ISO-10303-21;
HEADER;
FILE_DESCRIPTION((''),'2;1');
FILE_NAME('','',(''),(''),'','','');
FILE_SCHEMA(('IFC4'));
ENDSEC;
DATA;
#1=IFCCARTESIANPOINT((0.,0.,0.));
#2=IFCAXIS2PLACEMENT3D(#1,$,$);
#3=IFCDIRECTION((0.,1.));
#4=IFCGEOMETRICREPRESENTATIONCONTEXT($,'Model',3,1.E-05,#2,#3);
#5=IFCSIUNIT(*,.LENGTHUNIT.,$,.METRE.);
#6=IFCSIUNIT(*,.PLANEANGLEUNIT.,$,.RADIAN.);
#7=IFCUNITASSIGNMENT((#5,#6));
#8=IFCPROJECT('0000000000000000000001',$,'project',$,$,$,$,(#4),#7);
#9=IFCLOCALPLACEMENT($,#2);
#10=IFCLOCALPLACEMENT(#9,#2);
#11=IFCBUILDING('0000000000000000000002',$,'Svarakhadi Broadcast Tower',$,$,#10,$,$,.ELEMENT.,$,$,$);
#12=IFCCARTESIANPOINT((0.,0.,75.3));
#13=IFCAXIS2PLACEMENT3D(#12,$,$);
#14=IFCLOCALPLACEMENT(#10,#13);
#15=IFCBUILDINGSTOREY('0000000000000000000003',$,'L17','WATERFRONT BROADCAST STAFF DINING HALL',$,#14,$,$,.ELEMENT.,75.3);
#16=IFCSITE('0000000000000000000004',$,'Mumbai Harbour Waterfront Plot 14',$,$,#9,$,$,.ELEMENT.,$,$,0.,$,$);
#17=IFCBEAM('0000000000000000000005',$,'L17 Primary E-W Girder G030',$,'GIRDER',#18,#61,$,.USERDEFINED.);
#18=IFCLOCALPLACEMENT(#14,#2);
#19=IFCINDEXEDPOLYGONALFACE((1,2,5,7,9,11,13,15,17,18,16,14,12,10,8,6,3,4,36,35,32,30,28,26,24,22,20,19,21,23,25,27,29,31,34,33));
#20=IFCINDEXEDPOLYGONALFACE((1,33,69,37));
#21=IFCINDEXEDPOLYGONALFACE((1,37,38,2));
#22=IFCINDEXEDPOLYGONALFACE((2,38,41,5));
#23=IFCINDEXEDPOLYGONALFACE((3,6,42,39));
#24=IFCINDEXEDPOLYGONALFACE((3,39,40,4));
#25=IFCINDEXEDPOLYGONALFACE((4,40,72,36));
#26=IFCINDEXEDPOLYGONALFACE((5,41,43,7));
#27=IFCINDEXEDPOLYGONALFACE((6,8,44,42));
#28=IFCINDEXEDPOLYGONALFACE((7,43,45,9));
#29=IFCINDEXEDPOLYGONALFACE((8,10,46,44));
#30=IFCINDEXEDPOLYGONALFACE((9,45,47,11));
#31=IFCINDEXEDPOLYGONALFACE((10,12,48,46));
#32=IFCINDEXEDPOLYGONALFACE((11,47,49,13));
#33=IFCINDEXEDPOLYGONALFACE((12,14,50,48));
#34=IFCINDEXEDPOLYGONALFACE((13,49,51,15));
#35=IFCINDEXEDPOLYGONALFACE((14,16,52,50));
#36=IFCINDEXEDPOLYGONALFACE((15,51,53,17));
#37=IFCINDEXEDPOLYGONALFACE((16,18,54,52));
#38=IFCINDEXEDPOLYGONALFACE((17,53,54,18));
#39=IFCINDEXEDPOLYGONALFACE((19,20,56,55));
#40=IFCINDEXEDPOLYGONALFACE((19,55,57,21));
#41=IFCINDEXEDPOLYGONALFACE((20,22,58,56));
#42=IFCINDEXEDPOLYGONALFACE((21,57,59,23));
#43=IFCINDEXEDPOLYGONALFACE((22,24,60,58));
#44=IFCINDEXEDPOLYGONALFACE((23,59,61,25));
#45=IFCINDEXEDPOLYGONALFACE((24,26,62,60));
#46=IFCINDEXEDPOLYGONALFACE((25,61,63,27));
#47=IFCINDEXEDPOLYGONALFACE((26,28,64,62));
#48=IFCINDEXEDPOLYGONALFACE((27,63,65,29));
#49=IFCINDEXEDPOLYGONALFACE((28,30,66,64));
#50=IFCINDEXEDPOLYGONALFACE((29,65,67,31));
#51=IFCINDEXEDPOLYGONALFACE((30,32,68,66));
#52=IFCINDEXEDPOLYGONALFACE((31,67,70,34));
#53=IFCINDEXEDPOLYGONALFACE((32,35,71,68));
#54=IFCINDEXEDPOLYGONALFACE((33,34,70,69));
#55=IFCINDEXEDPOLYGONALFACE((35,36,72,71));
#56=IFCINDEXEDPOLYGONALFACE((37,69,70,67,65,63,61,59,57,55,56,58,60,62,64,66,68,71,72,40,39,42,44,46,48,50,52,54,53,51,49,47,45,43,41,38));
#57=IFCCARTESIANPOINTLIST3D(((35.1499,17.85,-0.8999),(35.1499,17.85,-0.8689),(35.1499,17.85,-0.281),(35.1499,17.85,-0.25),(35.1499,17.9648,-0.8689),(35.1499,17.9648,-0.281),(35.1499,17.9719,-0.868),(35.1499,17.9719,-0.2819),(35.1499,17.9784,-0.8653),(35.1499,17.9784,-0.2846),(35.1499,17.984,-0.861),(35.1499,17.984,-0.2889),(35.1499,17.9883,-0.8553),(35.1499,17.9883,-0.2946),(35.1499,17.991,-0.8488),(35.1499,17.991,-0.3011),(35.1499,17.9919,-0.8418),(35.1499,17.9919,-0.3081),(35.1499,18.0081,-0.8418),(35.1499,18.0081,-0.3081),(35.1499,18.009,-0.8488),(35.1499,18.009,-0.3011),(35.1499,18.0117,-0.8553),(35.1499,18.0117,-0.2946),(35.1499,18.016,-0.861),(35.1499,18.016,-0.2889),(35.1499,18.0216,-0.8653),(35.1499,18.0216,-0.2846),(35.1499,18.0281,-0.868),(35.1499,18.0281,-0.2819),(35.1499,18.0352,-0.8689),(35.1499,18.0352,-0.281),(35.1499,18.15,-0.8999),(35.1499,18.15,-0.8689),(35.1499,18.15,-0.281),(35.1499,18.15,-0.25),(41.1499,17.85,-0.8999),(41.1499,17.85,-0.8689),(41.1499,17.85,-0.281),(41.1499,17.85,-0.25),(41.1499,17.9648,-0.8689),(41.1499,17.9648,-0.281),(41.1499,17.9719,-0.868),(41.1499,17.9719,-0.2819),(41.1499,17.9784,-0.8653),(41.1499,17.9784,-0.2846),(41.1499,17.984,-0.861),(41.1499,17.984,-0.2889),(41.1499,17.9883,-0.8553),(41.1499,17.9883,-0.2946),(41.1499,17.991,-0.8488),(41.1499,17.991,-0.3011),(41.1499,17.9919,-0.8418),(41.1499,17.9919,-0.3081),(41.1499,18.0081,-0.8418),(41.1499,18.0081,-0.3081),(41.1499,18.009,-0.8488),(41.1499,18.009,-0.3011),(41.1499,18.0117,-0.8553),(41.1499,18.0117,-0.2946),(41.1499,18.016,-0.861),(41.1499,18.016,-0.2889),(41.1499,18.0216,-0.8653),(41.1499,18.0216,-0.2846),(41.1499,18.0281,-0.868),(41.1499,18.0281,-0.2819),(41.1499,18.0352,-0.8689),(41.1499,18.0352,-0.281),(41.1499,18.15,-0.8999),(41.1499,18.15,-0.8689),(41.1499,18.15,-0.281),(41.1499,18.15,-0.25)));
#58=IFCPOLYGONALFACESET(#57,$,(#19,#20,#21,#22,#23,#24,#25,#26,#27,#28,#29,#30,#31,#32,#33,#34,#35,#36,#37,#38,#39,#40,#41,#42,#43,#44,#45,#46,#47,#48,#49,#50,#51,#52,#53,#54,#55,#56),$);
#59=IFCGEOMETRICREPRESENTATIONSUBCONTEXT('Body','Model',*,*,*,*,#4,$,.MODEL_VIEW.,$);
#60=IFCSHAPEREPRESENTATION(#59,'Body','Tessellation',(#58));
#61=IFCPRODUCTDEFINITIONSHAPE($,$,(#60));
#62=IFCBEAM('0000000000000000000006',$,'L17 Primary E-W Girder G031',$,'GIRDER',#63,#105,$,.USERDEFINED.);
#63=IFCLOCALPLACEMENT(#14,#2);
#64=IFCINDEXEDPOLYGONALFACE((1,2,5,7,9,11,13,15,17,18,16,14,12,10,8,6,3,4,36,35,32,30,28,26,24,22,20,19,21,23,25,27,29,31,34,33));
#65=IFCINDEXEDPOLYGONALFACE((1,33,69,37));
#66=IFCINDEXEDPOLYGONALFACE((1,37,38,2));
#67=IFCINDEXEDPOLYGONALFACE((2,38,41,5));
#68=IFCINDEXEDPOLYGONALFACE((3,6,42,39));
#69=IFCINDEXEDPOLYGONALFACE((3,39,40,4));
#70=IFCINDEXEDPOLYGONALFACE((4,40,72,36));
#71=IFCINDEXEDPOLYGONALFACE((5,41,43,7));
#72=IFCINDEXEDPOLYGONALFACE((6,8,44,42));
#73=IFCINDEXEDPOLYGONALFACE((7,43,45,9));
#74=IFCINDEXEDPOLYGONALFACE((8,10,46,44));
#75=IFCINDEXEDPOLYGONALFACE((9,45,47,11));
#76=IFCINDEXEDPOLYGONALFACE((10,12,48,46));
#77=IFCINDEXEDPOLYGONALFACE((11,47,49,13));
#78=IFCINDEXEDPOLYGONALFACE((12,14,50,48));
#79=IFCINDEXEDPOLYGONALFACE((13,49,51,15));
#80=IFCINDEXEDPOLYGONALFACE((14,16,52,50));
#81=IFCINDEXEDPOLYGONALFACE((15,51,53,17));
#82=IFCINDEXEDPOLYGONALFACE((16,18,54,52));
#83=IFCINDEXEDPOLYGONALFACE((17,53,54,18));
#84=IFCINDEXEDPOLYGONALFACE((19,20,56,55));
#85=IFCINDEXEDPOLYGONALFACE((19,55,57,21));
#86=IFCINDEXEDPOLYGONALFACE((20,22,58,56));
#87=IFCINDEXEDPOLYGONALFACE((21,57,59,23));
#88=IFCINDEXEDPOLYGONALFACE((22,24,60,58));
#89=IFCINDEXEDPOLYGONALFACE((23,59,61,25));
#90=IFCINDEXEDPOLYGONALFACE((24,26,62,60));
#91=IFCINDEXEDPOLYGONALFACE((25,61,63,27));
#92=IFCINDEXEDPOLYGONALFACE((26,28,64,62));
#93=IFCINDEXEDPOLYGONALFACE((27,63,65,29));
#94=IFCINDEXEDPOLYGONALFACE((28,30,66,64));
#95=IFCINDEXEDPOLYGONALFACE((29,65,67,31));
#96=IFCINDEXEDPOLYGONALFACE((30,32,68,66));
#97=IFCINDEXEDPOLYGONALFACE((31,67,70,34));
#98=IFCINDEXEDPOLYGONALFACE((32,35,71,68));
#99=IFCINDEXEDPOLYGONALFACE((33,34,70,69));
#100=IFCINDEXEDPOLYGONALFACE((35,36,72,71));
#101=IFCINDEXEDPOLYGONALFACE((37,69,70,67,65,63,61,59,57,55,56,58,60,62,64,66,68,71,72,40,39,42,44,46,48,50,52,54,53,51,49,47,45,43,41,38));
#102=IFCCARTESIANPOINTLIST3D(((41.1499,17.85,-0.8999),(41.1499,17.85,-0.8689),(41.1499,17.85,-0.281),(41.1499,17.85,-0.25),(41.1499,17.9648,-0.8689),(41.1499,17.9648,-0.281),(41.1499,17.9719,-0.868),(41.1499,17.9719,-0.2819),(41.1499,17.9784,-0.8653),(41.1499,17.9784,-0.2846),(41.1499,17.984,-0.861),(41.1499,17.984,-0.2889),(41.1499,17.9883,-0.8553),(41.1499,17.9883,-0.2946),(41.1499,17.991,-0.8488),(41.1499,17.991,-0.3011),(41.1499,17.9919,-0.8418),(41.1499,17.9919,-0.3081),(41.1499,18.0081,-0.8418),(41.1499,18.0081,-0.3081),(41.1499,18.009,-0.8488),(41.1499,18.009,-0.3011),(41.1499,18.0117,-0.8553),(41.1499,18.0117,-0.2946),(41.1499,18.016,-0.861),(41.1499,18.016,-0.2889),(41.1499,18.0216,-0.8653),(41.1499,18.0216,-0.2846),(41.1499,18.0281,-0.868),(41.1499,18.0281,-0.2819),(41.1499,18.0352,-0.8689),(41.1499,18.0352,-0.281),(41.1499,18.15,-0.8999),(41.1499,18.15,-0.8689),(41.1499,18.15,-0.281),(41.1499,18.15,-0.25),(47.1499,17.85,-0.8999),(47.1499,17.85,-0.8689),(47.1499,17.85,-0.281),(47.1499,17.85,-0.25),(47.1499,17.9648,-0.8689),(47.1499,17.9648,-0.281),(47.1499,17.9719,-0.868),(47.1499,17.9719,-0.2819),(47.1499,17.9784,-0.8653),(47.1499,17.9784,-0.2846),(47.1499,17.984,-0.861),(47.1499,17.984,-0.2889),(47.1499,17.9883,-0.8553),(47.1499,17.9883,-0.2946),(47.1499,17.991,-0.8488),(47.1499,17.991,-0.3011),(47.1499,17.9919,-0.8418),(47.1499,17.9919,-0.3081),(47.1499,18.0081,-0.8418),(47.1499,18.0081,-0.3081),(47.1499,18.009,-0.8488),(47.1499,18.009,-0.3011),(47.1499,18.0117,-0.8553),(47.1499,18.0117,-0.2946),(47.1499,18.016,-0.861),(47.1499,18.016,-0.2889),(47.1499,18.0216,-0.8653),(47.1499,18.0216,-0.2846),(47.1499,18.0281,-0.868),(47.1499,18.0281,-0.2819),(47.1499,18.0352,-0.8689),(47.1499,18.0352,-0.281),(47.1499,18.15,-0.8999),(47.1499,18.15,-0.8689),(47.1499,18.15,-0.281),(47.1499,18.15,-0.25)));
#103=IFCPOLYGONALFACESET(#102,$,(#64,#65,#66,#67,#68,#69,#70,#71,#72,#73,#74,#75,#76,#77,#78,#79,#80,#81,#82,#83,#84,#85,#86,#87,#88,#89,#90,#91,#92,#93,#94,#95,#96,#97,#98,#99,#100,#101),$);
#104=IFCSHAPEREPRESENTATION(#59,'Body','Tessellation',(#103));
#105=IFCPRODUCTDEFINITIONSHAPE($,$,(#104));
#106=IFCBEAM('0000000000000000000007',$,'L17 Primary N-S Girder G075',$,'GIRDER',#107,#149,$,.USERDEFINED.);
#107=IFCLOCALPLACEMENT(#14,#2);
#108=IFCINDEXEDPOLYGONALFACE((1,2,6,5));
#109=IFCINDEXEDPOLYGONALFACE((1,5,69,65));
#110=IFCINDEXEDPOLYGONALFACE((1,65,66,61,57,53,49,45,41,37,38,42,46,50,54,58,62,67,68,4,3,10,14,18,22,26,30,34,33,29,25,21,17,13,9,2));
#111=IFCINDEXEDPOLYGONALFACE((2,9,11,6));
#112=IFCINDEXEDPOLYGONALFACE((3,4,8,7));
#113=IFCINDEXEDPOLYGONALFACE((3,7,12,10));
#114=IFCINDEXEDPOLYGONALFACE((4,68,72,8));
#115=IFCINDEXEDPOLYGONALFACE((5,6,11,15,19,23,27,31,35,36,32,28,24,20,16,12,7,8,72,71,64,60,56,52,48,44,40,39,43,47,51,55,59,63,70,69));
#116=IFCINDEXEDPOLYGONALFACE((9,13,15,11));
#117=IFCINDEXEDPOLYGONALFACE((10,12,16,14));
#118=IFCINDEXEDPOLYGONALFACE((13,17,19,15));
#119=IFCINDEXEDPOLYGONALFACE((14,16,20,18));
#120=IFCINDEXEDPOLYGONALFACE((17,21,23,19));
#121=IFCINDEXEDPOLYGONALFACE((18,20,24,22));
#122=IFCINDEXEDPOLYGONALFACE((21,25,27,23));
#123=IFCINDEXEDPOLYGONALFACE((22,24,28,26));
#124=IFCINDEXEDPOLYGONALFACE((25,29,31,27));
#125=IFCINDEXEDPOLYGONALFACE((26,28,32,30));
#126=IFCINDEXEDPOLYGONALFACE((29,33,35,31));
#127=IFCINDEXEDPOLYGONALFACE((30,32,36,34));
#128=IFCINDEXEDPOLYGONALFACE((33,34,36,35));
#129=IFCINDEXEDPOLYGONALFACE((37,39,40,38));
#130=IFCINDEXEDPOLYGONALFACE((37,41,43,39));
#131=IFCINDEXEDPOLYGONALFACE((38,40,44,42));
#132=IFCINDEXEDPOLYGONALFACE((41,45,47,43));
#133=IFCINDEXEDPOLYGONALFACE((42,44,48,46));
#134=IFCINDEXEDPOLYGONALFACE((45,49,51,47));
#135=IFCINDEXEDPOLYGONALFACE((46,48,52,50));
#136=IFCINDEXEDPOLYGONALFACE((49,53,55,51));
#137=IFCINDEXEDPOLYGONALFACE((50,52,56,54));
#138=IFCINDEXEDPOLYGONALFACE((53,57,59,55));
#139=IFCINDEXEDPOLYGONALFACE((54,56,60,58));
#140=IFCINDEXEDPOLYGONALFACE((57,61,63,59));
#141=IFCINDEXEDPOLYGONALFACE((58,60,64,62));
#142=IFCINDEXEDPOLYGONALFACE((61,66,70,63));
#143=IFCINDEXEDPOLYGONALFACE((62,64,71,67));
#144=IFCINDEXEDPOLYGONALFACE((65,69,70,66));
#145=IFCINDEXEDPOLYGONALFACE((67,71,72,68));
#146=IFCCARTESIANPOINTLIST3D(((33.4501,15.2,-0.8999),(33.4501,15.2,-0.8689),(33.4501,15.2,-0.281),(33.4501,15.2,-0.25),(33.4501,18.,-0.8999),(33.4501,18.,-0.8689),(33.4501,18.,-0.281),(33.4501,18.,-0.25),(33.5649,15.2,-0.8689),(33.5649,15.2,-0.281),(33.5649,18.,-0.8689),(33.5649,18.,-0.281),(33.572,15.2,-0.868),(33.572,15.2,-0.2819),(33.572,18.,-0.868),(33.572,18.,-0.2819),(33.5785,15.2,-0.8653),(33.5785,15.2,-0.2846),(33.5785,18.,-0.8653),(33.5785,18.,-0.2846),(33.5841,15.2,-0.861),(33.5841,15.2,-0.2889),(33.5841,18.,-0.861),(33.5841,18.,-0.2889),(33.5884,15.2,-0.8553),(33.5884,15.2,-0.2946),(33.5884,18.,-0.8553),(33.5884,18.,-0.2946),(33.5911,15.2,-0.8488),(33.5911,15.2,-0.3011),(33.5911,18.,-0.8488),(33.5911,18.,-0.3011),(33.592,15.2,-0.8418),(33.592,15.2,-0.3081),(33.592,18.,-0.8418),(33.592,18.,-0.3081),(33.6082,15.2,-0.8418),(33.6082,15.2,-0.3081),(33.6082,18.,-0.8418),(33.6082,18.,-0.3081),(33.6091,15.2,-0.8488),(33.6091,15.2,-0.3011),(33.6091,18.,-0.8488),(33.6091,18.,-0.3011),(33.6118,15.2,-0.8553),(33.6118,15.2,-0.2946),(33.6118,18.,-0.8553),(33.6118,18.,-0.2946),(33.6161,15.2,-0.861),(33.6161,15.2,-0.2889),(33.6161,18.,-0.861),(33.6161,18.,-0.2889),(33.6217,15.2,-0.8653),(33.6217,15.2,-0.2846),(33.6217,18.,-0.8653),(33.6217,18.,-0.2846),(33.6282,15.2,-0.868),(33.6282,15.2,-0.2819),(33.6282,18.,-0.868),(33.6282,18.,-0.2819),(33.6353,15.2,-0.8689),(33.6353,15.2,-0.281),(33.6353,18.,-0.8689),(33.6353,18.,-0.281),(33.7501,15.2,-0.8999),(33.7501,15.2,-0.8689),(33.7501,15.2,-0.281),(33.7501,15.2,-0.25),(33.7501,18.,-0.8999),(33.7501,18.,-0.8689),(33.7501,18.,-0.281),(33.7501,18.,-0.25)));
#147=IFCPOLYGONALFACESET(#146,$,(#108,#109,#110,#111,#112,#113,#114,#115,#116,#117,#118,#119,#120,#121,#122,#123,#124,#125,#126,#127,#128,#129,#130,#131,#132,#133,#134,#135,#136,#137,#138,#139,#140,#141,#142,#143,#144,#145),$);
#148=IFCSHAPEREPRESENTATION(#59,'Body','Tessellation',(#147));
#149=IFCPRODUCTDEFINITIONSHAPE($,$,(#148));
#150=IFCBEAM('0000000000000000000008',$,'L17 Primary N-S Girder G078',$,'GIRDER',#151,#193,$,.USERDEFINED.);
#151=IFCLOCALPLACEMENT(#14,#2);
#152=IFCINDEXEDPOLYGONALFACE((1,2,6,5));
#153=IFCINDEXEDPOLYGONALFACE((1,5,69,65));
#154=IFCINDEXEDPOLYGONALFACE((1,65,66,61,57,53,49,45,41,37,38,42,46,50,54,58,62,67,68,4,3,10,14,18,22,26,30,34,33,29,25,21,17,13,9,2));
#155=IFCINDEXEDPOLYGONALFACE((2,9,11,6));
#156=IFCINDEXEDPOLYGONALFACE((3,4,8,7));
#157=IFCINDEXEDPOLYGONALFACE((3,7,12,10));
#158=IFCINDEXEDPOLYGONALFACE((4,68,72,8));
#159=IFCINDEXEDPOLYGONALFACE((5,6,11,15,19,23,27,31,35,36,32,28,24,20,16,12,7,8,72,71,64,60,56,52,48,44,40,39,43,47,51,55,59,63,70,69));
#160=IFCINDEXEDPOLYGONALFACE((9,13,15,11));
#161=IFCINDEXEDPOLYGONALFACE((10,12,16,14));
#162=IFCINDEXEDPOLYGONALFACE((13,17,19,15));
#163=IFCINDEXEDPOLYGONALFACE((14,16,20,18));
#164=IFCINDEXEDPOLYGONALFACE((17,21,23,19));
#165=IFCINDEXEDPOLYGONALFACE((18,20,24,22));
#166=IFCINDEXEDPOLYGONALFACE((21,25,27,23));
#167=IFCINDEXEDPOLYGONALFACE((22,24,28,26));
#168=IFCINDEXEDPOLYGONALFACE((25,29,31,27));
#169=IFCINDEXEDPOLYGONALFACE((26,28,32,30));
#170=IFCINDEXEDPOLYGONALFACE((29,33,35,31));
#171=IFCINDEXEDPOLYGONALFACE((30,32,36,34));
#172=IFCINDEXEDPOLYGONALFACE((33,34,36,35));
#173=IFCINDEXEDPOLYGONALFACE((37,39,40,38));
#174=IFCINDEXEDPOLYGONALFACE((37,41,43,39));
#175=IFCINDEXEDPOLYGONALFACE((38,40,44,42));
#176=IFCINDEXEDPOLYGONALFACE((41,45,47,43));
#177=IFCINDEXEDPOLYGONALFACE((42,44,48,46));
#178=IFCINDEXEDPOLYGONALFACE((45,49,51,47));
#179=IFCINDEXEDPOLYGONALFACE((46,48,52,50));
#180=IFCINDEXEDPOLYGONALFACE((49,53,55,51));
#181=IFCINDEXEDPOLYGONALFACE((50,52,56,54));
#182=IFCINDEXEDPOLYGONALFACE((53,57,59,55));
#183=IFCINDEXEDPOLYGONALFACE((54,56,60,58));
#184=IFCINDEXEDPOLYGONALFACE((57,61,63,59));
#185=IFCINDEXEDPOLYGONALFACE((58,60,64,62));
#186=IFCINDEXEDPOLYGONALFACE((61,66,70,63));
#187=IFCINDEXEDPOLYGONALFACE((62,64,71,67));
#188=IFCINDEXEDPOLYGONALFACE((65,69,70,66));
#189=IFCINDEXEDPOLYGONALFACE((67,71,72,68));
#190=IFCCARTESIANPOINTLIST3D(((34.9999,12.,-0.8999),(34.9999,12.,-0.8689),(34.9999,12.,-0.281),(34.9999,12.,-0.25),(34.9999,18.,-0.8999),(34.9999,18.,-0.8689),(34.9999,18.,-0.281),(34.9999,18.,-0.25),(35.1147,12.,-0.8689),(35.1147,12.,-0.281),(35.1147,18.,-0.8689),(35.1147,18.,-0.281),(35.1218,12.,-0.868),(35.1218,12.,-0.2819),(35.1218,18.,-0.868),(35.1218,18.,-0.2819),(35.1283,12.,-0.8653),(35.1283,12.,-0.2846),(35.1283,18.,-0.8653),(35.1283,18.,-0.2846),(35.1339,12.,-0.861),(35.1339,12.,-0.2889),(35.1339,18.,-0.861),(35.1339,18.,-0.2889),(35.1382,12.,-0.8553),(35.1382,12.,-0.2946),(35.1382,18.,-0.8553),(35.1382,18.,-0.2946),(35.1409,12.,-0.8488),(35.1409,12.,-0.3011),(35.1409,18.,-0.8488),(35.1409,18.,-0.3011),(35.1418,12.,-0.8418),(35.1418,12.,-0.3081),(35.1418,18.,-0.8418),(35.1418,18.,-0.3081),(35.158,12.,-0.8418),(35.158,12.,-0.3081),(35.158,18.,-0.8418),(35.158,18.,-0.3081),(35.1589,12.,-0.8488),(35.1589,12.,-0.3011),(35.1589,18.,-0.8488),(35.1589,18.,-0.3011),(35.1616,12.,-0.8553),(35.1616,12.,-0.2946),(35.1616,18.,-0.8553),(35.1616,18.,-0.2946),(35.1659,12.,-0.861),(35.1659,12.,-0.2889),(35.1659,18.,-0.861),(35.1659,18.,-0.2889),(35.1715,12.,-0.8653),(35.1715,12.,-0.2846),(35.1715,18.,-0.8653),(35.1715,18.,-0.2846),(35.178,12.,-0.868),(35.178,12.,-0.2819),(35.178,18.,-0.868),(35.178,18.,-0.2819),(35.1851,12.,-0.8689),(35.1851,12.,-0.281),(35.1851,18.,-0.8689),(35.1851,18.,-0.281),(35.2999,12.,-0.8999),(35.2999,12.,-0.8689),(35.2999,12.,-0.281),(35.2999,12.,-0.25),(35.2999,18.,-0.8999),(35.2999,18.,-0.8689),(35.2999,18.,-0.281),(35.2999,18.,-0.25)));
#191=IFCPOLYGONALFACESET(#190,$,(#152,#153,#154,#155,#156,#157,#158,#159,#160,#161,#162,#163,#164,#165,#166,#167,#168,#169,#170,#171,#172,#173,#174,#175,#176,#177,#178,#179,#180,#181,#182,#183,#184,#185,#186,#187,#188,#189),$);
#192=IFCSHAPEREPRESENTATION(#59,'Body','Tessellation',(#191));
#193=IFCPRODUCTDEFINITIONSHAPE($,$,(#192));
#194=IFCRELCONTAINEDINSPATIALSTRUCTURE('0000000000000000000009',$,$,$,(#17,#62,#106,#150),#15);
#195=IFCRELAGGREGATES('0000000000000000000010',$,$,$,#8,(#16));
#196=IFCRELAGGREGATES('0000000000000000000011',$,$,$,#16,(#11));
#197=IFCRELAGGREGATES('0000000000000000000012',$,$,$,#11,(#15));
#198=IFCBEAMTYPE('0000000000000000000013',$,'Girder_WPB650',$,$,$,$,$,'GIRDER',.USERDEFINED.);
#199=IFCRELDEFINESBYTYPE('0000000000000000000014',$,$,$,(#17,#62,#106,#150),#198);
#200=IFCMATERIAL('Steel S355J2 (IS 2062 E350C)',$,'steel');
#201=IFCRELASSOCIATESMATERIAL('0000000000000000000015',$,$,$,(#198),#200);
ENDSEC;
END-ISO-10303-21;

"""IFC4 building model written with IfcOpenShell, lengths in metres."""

from ifc_helpers import new_model, si_unit, direction, frame, origin, origin_2d, place, context, subcontext, project, spatial, i_section, extrude, material, material_profile, profile_set, type_object, element, save


model = new_model("IFC4")

# Units and contexts
model_context = context("Model", 3, precision=1e-05, world=origin(), true_north=direction((0.0, 1.0)))
body_context = subcontext(model_context, "Body", "Model", "MODEL_VIEW")
ifc_project = project(units=[si_unit("LENGTHUNIT", "METRE"), si_unit("PLANEANGLEUNIT", "RADIAN")], contexts=[model_context])

# Site, building, storey
site_placement = place(None, origin())
site = spatial("IfcSite", under=ifc_project, at=site_placement, Name="Mumbai Harbour Waterfront Plot 14", CompositionType="ELEMENT", RefElevation=0.0)
building_placement = place(site_placement, origin())
building = spatial("IfcBuilding", under=site, at=building_placement, Name="Svarakhadi Broadcast Tower", CompositionType="ELEMENT")
storey_placement = place(building_placement, frame((0.0, 0.0, 75.3)))
storey = spatial("IfcBuildingStorey", under=building, at=storey_placement, Name="L17", Description="WATERFRONT BROADCAST STAFF DINING HALL", CompositionType="ELEMENT", Elevation=75.3)

# Shared definitions
ifc_material_1 = material(Name="Steel S355J2 (IS 2062 E350C)", Category="steel")

# Beams
ifc_material_profile_1 = material_profile(ifc_material_1, i_section(OverallWidth=0.3, OverallDepth=0.6499, WebThickness=0.0161, FlangeThickness=0.031, FilletRadius=0.0271, at=origin_2d()), Name="WPB 650x300x225")
ifc_profile_set_1 = profile_set([ifc_material_profile_1], Name="Steel S355J2 (IS 2062 E350C)")
beam_type_1 = type_object("IfcBeamType", Name="Girder_WPB650", ElementType="GIRDER", PredefinedType="USERDEFINED", material=ifc_profile_set_1)
for number, where, z_axis, x_axis, name in (
    (1, (35.1499, 18.0, -0.575), (1.0, 0.0, 0.0), (0.0, 1.0, 0.0), "L17 Primary E-W Girder G030"),
    (2, (41.1499, 18.0, -0.575), (1.0, 0.0, 0.0), (0.0, 1.0, 0.0), "L17 Primary E-W Girder G031"),
):
    element("IfcBeam", number, at=place(storey_placement, frame(where, z_axis=z_axis, x_axis=x_axis)), inside=storey, type_object=beam_type_1, Name=name, ObjectType="GIRDER", PredefinedType="USERDEFINED", context=body_context, shape_type="SweptSolid", body=[
        extrude(i_section(OverallWidth=0.3, OverallDepth=0.6499, WebThickness=0.0161, FlangeThickness=0.031, FilletRadius=0.0271, at=origin_2d()), origin(), (0.0, 0.0, 1.0), 6.0),
    ])
beam_placement = place(storey_placement, frame((33.6001, 15.2, -0.575), z_axis=(0.0, 1.0, 0.0), x_axis=(-1.0, 0.0, 0.0)))
element("IfcBeam", 3, at=beam_placement, inside=storey, type_object=beam_type_1, Name="L17 Primary N-S Girder G075", ObjectType="GIRDER", PredefinedType="USERDEFINED", context=body_context, shape_type="SweptSolid", body=[
    extrude(i_section(OverallWidth=0.3, OverallDepth=0.6499, WebThickness=0.0161, FlangeThickness=0.031, FilletRadius=0.0271, at=origin_2d()), origin(), (0.0, 0.0, 1.0), 2.8),
])
for number, where, z_axis, x_axis, name in (
    (4, (35.1499, 12.0, -0.575), (0.0, 1.0, 0.0), (-1.0, 0.0, 0.0), "L17 Primary N-S Girder G078"),
):
    element("IfcBeam", number, at=place(storey_placement, frame(where, z_axis=z_axis, x_axis=x_axis)), inside=storey, type_object=beam_type_1, Name=name, ObjectType="GIRDER", PredefinedType="USERDEFINED", context=body_context, shape_type="SweptSolid", body=[
        extrude(i_section(OverallWidth=0.3, OverallDepth=0.6499, WebThickness=0.0161, FlangeThickness=0.031, FilletRadius=0.0271, at=origin_2d()), origin(), (0.0, 0.0, 1.0), 6.0),
    ])

save(model, "model.ifc")
